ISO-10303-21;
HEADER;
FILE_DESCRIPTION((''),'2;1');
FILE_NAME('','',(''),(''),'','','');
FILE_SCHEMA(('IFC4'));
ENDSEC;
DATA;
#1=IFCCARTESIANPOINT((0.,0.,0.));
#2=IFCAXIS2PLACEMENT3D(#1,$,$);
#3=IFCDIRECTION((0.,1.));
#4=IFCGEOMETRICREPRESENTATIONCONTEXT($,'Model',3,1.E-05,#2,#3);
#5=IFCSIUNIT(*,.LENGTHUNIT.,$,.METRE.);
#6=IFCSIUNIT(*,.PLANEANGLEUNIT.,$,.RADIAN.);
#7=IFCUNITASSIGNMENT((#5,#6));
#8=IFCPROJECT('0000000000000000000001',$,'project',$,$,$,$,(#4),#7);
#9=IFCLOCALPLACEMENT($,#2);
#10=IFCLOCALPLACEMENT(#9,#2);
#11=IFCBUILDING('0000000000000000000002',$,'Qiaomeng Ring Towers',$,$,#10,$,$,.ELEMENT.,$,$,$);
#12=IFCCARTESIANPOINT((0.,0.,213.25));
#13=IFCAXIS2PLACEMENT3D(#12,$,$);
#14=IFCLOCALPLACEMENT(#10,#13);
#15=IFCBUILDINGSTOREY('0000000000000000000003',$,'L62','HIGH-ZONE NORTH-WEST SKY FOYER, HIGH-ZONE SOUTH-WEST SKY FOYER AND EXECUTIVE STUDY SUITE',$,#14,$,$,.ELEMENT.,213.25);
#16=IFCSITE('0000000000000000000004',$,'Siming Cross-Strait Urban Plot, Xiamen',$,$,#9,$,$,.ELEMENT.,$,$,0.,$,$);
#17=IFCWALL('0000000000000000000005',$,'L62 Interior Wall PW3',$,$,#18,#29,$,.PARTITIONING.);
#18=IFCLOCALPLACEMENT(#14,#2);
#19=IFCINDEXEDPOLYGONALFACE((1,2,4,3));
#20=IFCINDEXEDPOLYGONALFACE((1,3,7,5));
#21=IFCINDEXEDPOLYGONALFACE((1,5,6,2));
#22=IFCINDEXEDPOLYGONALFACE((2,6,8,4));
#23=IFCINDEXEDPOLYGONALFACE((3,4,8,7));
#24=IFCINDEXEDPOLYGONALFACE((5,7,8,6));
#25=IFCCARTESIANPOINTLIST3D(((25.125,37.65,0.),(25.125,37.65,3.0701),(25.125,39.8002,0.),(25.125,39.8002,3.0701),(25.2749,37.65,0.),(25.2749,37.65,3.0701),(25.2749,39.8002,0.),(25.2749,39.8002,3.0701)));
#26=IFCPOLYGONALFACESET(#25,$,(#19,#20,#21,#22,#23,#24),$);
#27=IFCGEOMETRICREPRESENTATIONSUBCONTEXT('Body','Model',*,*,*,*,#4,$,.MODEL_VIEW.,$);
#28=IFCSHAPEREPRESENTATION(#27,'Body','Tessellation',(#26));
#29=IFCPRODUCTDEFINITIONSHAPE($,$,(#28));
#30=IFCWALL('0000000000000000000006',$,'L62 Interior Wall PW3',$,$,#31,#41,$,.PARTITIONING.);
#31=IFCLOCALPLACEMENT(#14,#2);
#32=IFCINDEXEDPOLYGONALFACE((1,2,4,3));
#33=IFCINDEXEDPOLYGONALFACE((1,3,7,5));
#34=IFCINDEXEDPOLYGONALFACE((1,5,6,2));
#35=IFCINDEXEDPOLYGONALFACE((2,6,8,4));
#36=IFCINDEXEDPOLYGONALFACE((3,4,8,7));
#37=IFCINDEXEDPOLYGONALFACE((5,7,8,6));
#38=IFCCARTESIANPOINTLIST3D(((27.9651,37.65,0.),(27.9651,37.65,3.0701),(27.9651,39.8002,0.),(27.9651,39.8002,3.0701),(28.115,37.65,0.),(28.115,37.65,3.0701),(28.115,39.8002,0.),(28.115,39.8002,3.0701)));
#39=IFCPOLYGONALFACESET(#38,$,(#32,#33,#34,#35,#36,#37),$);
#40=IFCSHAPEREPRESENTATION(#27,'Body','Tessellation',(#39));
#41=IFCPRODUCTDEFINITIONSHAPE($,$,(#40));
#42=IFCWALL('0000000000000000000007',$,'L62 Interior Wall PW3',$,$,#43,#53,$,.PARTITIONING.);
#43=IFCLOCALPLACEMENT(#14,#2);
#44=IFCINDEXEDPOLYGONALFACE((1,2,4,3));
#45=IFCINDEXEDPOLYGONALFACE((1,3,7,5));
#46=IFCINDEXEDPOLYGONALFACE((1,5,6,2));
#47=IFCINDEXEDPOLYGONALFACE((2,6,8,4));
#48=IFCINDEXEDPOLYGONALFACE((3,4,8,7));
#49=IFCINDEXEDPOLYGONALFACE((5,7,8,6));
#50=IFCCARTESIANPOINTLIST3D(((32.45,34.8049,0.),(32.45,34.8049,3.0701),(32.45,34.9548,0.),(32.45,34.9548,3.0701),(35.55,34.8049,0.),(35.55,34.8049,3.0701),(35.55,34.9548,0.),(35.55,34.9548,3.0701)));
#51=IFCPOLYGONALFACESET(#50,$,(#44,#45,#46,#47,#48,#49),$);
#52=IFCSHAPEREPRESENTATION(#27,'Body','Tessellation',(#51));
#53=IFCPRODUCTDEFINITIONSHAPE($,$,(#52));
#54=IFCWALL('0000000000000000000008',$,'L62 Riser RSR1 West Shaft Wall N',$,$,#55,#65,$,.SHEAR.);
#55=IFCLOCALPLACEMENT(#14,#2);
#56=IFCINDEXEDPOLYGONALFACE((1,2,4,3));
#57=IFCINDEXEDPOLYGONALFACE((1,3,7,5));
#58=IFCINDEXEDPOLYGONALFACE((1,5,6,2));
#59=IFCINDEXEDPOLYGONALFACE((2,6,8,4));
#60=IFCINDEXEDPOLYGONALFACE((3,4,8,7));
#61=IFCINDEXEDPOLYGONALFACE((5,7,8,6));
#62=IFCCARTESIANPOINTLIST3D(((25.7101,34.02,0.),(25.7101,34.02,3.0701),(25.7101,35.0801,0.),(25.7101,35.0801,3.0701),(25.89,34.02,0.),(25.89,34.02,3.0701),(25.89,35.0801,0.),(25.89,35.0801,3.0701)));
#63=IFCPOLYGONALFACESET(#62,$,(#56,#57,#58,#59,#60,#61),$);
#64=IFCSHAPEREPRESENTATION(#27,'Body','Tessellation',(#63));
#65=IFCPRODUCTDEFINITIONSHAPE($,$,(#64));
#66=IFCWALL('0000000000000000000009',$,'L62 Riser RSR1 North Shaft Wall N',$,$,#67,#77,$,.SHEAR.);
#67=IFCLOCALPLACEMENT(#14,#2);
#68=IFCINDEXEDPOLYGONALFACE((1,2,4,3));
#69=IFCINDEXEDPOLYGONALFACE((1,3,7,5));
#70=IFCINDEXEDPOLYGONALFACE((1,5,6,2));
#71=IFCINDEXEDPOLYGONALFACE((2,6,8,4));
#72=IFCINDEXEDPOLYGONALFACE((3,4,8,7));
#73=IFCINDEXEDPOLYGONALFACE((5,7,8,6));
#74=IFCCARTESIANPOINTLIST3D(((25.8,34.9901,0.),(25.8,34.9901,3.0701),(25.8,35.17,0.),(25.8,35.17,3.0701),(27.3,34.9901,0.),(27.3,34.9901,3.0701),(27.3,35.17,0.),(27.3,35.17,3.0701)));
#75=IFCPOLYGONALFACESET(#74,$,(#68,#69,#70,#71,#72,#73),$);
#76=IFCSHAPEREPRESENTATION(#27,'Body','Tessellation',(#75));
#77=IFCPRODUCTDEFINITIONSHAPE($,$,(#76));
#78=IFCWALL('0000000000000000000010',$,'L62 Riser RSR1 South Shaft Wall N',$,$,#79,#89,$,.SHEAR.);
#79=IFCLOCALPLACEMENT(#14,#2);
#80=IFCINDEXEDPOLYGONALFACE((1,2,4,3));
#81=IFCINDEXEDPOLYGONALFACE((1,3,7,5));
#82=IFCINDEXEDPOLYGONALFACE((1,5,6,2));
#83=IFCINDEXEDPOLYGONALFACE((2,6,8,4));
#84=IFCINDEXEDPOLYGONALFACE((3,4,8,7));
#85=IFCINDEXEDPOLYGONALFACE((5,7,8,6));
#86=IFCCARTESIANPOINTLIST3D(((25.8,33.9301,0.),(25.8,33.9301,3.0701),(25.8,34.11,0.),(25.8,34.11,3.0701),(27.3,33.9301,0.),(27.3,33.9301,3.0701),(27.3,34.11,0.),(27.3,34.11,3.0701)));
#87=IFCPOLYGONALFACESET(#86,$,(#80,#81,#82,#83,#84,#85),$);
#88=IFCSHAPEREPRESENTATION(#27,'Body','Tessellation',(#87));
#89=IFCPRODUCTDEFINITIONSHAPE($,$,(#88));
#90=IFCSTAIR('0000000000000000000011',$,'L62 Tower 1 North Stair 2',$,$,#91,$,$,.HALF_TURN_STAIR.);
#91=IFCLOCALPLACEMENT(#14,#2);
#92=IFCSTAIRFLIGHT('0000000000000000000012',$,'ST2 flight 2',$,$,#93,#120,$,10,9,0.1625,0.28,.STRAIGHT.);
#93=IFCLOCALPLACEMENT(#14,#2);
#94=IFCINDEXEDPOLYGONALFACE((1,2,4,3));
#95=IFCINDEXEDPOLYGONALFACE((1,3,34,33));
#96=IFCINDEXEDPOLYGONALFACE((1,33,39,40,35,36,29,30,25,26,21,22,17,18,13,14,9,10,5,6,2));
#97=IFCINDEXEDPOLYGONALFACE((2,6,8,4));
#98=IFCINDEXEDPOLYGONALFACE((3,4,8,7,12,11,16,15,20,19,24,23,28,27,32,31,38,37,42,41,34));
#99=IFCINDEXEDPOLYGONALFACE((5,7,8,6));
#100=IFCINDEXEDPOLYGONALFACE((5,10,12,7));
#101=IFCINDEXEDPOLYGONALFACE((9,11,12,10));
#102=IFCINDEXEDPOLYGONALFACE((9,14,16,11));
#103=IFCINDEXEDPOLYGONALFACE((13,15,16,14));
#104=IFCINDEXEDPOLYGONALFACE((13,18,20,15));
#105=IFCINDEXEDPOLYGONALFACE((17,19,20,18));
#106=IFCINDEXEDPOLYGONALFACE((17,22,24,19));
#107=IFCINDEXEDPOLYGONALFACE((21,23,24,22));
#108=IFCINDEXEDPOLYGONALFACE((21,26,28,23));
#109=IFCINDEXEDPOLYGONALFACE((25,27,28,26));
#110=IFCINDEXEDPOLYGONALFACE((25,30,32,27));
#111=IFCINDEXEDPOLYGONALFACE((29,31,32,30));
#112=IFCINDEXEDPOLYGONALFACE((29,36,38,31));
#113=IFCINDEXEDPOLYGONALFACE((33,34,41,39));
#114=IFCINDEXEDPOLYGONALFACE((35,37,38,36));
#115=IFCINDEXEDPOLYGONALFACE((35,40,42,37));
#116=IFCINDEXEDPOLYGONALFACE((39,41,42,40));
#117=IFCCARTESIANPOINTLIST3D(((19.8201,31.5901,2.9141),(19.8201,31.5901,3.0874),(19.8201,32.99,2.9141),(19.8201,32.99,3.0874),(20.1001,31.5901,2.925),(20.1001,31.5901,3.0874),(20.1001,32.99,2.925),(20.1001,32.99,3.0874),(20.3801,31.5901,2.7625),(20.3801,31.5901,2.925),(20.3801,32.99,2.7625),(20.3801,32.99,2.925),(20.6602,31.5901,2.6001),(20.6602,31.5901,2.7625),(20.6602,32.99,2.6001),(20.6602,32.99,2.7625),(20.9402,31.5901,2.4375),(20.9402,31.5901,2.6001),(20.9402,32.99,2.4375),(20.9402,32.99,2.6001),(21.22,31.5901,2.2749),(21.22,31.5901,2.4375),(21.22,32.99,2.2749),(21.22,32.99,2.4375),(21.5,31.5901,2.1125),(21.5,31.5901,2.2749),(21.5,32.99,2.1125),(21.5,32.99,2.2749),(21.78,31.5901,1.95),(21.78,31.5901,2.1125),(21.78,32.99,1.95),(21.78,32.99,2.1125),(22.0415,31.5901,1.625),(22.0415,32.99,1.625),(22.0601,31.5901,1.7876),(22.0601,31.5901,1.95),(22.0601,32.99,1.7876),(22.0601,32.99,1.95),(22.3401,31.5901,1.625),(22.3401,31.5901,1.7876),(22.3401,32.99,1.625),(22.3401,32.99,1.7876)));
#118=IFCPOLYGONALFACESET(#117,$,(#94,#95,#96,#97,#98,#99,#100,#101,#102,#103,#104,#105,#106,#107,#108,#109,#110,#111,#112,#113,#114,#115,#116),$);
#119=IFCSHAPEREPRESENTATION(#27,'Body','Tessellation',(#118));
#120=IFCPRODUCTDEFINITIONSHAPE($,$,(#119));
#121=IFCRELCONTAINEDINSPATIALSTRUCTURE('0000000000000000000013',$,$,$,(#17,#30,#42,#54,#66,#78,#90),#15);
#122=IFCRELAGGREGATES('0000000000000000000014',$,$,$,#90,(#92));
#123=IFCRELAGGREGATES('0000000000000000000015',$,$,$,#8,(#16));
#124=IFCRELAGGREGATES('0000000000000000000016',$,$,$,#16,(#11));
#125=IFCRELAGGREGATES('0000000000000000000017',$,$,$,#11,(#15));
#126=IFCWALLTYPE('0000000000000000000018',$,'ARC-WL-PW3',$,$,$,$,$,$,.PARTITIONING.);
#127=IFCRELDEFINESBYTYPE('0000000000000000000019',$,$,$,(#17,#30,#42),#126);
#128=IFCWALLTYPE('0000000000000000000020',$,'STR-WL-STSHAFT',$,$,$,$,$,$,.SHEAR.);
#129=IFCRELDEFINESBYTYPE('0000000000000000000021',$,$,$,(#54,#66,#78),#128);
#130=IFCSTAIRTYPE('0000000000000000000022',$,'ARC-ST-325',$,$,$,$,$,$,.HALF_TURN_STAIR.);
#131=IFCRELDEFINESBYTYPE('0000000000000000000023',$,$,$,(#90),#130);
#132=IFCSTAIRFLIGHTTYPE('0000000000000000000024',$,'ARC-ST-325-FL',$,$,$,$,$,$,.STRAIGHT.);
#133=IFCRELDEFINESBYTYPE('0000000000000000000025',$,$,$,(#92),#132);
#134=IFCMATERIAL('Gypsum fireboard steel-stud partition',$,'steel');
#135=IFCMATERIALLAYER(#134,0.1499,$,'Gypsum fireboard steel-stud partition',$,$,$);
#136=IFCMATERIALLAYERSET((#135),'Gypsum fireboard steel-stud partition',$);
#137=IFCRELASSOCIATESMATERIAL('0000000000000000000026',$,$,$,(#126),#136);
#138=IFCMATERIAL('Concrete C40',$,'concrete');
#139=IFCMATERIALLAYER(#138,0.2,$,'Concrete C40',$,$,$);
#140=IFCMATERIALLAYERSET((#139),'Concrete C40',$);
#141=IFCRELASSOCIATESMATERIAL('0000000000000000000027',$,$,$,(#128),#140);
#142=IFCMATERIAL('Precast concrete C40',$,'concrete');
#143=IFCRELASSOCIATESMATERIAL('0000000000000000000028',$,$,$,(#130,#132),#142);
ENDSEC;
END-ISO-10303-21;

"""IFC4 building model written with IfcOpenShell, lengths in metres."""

from ifc_helpers import new_model, si_unit, direction, frame, frame_2d, origin, place, context, subcontext, project, spatial, polyline, rectangle, outline, extrude, source, transform, mapped, material, layer, layer_set, type_object, element, aggregate, save


model = new_model("IFC4")

# Units and contexts
model_context = context("Model", 3, precision=1e-05, world=origin(), true_north=direction((0.0, 1.0)))
body_context = subcontext(model_context, "Body", "Model", "MODEL_VIEW")
ifc_project = project(units=[si_unit("LENGTHUNIT", "METRE"), si_unit("PLANEANGLEUNIT", "RADIAN")], contexts=[model_context])

# Site, building, storey
site_placement = place(None, origin())
site = spatial("IfcSite", under=ifc_project, at=site_placement, Name="Siming Cross-Strait Urban Plot, Xiamen", CompositionType="ELEMENT", RefElevation=0.0)
building_placement = place(site_placement, origin())
building = spatial("IfcBuilding", under=site, at=building_placement, Name="Qiaomeng Ring Towers", CompositionType="ELEMENT")
storey_placement = place(building_placement, frame((0.0, 0.0, 213.25)))
storey = spatial("IfcBuildingStorey", under=building, at=storey_placement, Name="L62", Description="HIGH-ZONE NORTH-WEST SKY FOYER, HIGH-ZONE SOUTH-WEST SKY FOYER AND EXECUTIVE STUDY SUITE", CompositionType="ELEMENT", Elevation=213.25)

# Shared definitions
ifc_material_1 = material(Name="Concrete C40", Category="concrete")

# Walls
ifc_material_2 = material(Name="Gypsum fireboard steel-stud partition", Category="steel")
ifc_layer_1 = layer(ifc_material_2, 0.1499, Name="Gypsum fireboard steel-stud partition")
ifc_layer_set_1 = layer_set([ifc_layer_1], Name="Gypsum fireboard steel-stud partition")
wall_type_1 = type_object("IfcWallType", Name="ARC-WL-PW3", PredefinedType="PARTITIONING", material=ifc_layer_set_1)
for number, where, z_axis, x_axis, name in (
    (1, (25.2, 37.6499, 0.0), (0.0, 0.0, 1.0), (0.0, 1.0, 0.0), "L62 Interior Wall PW3"),
    (2, (28.04, 37.6499, 0.0), (0.0, 0.0, 1.0), (0.0, 1.0, 0.0), "L62 Interior Wall PW3"),
):
    element("IfcWall", number, at=place(storey_placement, frame(where, z_axis=z_axis, x_axis=x_axis)), inside=storey, type_object=wall_type_1, Name=name, PredefinedType="PARTITIONING", context=body_context, shape_type="SweptSolid", body=[
        extrude(rectangle(XDim=2.1501, YDim=0.1499, at=frame_2d((1.0752, 0.0))), origin(), (0.0, 0.0, 1.0), 3.0701),
    ])
wall_1_placement = place(storey_placement, frame((32.45, 34.8799, 0.0), z_axis=(0.0, 0.0, 1.0), x_axis=(1.0, 0.0, 0.0)))
element("IfcWall", 3, at=wall_1_placement, inside=storey, type_object=wall_type_1, Name="L62 Interior Wall PW3", PredefinedType="PARTITIONING", context=body_context, shape_type="SweptSolid", body=[
    extrude(rectangle(XDim=3.1001, YDim=0.1499, at=frame_2d((1.55, 0.0))), origin(), (0.0, 0.0, 1.0), 3.0701),
])
ifc_layer_2 = layer(ifc_material_1, 0.2, Name="Concrete C40")
ifc_layer_set_2 = layer_set([ifc_layer_2], Name="Concrete C40")
wall_type_2 = type_object("IfcWallType", Name="STR-WL-STSHAFT", PredefinedType="SHEAR", material=ifc_layer_set_2)
wall_2_placement = place(storey_placement, frame((25.8, 34.02, 0.0), z_axis=(0.0, 0.0, 1.0), x_axis=(0.0, 1.0, 0.0)))
element("IfcWall", 4, at=wall_2_placement, inside=storey, type_object=wall_type_2, Name="L62 Riser RSR1 West Shaft Wall N", PredefinedType="SHEAR", context=body_context, shape_type="SweptSolid", body=[
    extrude(rectangle(XDim=1.0601, YDim=0.1799, at=frame_2d((0.53, 0.0))), origin(), (0.0, 0.0, 1.0), 3.0701),
])
for number, where, z_axis, x_axis, name in (
    (5, (25.8, 35.0801, 0.0), (0.0, 0.0, 1.0), (1.0, 0.0, 0.0), "L62 Riser RSR1 North Shaft Wall N"),
    (6, (25.8, 34.02, 0.0), (0.0, 0.0, 1.0), (1.0, 0.0, 0.0), "L62 Riser RSR1 South Shaft Wall N"),
):
    element("IfcWall", number, at=place(storey_placement, frame(where, z_axis=z_axis, x_axis=x_axis)), inside=storey, type_object=wall_type_2, Name=name, PredefinedType="SHEAR", context=body_context, shape_type="SweptSolid", body=[
        extrude(rectangle(XDim=1.5, YDim=0.1799, at=frame_2d((0.75, 0.0))), origin(), (0.0, 0.0, 1.0), 3.0701),
    ])

# Stair, stair flight
ifc_material_3 = material(Name="Precast concrete C40", Category="concrete")
stair_type = type_object("IfcStairType", Name="ARC-ST-325", PredefinedType="HALF_TURN_STAIR", material=ifc_material_3)
stair_placement = place(storey_placement, origin())
stair = element("IfcStair", 7, at=stair_placement, inside=storey, type_object=stair_type, Name="L62 Tower 1 North Stair 2", PredefinedType="HALF_TURN_STAIR")
stair_flight_type = type_object("IfcStairFlightType", Name="ARC-ST-325-FL", PredefinedType="STRAIGHT", material=ifc_material_3)
shared_shape_1 = source(origin(), body_context, "Body", "SweptSolid", [
    extrude(outline(polyline([(0.0, 0.0), (0.0, 0.1626), (0.28, 0.1626), (0.28, 0.325), (0.5601, 0.325), (0.5601, 0.4875), (0.8401, 0.4875), (0.8401, 0.6499), (1.1201, 0.6499), (1.1201, 0.8125), (1.3999, 0.8125), (1.3999, 0.9751), (1.6799, 0.9751), (1.6799, 1.1375), (1.96, 1.1375), (1.96, 1.3), (2.24, 1.3), (2.24, 1.4624), (2.52, 1.4624), (2.52, 1.625), (2.52, 1.2891), (0.2986, 0.0), (0.0, 0.0)])), frame((0.0, 0.7, 0.0), z_axis=(0.0, -1.0, 0.0), x_axis=(1.0, 0.0, 0.0)), (0.0, 0.0, 1.0), 1.3999),
])
stair_flight_placement = place(storey_placement, frame((22.3401, 32.29, 1.625), z_axis=(0.0, 0.0, 1.0), x_axis=(-1.0, 0.0, 0.0)))
stair_flight = element("IfcStairFlight", 8, at=stair_flight_placement, type_object=stair_flight_type, Name="ST2 flight 2", NumberOfRisers=10, NumberOfTreads=9, PredefinedType="STRAIGHT", RiserHeight=0.1625, TreadLength=0.28, context=body_context, shape_type="MappedRepresentation", body=[
    mapped(shared_shape_1, transform((0.0, 0.0, 0.0), x_axis=(1.0, 0.0, 0.0), y_axis=(0.0, 1.0, 0.0), z_axis=(0.0, 0.0, 1.0), scale=1.0)),
])
aggregate(stair, [stair_flight])

save(model, "model.ifc")
